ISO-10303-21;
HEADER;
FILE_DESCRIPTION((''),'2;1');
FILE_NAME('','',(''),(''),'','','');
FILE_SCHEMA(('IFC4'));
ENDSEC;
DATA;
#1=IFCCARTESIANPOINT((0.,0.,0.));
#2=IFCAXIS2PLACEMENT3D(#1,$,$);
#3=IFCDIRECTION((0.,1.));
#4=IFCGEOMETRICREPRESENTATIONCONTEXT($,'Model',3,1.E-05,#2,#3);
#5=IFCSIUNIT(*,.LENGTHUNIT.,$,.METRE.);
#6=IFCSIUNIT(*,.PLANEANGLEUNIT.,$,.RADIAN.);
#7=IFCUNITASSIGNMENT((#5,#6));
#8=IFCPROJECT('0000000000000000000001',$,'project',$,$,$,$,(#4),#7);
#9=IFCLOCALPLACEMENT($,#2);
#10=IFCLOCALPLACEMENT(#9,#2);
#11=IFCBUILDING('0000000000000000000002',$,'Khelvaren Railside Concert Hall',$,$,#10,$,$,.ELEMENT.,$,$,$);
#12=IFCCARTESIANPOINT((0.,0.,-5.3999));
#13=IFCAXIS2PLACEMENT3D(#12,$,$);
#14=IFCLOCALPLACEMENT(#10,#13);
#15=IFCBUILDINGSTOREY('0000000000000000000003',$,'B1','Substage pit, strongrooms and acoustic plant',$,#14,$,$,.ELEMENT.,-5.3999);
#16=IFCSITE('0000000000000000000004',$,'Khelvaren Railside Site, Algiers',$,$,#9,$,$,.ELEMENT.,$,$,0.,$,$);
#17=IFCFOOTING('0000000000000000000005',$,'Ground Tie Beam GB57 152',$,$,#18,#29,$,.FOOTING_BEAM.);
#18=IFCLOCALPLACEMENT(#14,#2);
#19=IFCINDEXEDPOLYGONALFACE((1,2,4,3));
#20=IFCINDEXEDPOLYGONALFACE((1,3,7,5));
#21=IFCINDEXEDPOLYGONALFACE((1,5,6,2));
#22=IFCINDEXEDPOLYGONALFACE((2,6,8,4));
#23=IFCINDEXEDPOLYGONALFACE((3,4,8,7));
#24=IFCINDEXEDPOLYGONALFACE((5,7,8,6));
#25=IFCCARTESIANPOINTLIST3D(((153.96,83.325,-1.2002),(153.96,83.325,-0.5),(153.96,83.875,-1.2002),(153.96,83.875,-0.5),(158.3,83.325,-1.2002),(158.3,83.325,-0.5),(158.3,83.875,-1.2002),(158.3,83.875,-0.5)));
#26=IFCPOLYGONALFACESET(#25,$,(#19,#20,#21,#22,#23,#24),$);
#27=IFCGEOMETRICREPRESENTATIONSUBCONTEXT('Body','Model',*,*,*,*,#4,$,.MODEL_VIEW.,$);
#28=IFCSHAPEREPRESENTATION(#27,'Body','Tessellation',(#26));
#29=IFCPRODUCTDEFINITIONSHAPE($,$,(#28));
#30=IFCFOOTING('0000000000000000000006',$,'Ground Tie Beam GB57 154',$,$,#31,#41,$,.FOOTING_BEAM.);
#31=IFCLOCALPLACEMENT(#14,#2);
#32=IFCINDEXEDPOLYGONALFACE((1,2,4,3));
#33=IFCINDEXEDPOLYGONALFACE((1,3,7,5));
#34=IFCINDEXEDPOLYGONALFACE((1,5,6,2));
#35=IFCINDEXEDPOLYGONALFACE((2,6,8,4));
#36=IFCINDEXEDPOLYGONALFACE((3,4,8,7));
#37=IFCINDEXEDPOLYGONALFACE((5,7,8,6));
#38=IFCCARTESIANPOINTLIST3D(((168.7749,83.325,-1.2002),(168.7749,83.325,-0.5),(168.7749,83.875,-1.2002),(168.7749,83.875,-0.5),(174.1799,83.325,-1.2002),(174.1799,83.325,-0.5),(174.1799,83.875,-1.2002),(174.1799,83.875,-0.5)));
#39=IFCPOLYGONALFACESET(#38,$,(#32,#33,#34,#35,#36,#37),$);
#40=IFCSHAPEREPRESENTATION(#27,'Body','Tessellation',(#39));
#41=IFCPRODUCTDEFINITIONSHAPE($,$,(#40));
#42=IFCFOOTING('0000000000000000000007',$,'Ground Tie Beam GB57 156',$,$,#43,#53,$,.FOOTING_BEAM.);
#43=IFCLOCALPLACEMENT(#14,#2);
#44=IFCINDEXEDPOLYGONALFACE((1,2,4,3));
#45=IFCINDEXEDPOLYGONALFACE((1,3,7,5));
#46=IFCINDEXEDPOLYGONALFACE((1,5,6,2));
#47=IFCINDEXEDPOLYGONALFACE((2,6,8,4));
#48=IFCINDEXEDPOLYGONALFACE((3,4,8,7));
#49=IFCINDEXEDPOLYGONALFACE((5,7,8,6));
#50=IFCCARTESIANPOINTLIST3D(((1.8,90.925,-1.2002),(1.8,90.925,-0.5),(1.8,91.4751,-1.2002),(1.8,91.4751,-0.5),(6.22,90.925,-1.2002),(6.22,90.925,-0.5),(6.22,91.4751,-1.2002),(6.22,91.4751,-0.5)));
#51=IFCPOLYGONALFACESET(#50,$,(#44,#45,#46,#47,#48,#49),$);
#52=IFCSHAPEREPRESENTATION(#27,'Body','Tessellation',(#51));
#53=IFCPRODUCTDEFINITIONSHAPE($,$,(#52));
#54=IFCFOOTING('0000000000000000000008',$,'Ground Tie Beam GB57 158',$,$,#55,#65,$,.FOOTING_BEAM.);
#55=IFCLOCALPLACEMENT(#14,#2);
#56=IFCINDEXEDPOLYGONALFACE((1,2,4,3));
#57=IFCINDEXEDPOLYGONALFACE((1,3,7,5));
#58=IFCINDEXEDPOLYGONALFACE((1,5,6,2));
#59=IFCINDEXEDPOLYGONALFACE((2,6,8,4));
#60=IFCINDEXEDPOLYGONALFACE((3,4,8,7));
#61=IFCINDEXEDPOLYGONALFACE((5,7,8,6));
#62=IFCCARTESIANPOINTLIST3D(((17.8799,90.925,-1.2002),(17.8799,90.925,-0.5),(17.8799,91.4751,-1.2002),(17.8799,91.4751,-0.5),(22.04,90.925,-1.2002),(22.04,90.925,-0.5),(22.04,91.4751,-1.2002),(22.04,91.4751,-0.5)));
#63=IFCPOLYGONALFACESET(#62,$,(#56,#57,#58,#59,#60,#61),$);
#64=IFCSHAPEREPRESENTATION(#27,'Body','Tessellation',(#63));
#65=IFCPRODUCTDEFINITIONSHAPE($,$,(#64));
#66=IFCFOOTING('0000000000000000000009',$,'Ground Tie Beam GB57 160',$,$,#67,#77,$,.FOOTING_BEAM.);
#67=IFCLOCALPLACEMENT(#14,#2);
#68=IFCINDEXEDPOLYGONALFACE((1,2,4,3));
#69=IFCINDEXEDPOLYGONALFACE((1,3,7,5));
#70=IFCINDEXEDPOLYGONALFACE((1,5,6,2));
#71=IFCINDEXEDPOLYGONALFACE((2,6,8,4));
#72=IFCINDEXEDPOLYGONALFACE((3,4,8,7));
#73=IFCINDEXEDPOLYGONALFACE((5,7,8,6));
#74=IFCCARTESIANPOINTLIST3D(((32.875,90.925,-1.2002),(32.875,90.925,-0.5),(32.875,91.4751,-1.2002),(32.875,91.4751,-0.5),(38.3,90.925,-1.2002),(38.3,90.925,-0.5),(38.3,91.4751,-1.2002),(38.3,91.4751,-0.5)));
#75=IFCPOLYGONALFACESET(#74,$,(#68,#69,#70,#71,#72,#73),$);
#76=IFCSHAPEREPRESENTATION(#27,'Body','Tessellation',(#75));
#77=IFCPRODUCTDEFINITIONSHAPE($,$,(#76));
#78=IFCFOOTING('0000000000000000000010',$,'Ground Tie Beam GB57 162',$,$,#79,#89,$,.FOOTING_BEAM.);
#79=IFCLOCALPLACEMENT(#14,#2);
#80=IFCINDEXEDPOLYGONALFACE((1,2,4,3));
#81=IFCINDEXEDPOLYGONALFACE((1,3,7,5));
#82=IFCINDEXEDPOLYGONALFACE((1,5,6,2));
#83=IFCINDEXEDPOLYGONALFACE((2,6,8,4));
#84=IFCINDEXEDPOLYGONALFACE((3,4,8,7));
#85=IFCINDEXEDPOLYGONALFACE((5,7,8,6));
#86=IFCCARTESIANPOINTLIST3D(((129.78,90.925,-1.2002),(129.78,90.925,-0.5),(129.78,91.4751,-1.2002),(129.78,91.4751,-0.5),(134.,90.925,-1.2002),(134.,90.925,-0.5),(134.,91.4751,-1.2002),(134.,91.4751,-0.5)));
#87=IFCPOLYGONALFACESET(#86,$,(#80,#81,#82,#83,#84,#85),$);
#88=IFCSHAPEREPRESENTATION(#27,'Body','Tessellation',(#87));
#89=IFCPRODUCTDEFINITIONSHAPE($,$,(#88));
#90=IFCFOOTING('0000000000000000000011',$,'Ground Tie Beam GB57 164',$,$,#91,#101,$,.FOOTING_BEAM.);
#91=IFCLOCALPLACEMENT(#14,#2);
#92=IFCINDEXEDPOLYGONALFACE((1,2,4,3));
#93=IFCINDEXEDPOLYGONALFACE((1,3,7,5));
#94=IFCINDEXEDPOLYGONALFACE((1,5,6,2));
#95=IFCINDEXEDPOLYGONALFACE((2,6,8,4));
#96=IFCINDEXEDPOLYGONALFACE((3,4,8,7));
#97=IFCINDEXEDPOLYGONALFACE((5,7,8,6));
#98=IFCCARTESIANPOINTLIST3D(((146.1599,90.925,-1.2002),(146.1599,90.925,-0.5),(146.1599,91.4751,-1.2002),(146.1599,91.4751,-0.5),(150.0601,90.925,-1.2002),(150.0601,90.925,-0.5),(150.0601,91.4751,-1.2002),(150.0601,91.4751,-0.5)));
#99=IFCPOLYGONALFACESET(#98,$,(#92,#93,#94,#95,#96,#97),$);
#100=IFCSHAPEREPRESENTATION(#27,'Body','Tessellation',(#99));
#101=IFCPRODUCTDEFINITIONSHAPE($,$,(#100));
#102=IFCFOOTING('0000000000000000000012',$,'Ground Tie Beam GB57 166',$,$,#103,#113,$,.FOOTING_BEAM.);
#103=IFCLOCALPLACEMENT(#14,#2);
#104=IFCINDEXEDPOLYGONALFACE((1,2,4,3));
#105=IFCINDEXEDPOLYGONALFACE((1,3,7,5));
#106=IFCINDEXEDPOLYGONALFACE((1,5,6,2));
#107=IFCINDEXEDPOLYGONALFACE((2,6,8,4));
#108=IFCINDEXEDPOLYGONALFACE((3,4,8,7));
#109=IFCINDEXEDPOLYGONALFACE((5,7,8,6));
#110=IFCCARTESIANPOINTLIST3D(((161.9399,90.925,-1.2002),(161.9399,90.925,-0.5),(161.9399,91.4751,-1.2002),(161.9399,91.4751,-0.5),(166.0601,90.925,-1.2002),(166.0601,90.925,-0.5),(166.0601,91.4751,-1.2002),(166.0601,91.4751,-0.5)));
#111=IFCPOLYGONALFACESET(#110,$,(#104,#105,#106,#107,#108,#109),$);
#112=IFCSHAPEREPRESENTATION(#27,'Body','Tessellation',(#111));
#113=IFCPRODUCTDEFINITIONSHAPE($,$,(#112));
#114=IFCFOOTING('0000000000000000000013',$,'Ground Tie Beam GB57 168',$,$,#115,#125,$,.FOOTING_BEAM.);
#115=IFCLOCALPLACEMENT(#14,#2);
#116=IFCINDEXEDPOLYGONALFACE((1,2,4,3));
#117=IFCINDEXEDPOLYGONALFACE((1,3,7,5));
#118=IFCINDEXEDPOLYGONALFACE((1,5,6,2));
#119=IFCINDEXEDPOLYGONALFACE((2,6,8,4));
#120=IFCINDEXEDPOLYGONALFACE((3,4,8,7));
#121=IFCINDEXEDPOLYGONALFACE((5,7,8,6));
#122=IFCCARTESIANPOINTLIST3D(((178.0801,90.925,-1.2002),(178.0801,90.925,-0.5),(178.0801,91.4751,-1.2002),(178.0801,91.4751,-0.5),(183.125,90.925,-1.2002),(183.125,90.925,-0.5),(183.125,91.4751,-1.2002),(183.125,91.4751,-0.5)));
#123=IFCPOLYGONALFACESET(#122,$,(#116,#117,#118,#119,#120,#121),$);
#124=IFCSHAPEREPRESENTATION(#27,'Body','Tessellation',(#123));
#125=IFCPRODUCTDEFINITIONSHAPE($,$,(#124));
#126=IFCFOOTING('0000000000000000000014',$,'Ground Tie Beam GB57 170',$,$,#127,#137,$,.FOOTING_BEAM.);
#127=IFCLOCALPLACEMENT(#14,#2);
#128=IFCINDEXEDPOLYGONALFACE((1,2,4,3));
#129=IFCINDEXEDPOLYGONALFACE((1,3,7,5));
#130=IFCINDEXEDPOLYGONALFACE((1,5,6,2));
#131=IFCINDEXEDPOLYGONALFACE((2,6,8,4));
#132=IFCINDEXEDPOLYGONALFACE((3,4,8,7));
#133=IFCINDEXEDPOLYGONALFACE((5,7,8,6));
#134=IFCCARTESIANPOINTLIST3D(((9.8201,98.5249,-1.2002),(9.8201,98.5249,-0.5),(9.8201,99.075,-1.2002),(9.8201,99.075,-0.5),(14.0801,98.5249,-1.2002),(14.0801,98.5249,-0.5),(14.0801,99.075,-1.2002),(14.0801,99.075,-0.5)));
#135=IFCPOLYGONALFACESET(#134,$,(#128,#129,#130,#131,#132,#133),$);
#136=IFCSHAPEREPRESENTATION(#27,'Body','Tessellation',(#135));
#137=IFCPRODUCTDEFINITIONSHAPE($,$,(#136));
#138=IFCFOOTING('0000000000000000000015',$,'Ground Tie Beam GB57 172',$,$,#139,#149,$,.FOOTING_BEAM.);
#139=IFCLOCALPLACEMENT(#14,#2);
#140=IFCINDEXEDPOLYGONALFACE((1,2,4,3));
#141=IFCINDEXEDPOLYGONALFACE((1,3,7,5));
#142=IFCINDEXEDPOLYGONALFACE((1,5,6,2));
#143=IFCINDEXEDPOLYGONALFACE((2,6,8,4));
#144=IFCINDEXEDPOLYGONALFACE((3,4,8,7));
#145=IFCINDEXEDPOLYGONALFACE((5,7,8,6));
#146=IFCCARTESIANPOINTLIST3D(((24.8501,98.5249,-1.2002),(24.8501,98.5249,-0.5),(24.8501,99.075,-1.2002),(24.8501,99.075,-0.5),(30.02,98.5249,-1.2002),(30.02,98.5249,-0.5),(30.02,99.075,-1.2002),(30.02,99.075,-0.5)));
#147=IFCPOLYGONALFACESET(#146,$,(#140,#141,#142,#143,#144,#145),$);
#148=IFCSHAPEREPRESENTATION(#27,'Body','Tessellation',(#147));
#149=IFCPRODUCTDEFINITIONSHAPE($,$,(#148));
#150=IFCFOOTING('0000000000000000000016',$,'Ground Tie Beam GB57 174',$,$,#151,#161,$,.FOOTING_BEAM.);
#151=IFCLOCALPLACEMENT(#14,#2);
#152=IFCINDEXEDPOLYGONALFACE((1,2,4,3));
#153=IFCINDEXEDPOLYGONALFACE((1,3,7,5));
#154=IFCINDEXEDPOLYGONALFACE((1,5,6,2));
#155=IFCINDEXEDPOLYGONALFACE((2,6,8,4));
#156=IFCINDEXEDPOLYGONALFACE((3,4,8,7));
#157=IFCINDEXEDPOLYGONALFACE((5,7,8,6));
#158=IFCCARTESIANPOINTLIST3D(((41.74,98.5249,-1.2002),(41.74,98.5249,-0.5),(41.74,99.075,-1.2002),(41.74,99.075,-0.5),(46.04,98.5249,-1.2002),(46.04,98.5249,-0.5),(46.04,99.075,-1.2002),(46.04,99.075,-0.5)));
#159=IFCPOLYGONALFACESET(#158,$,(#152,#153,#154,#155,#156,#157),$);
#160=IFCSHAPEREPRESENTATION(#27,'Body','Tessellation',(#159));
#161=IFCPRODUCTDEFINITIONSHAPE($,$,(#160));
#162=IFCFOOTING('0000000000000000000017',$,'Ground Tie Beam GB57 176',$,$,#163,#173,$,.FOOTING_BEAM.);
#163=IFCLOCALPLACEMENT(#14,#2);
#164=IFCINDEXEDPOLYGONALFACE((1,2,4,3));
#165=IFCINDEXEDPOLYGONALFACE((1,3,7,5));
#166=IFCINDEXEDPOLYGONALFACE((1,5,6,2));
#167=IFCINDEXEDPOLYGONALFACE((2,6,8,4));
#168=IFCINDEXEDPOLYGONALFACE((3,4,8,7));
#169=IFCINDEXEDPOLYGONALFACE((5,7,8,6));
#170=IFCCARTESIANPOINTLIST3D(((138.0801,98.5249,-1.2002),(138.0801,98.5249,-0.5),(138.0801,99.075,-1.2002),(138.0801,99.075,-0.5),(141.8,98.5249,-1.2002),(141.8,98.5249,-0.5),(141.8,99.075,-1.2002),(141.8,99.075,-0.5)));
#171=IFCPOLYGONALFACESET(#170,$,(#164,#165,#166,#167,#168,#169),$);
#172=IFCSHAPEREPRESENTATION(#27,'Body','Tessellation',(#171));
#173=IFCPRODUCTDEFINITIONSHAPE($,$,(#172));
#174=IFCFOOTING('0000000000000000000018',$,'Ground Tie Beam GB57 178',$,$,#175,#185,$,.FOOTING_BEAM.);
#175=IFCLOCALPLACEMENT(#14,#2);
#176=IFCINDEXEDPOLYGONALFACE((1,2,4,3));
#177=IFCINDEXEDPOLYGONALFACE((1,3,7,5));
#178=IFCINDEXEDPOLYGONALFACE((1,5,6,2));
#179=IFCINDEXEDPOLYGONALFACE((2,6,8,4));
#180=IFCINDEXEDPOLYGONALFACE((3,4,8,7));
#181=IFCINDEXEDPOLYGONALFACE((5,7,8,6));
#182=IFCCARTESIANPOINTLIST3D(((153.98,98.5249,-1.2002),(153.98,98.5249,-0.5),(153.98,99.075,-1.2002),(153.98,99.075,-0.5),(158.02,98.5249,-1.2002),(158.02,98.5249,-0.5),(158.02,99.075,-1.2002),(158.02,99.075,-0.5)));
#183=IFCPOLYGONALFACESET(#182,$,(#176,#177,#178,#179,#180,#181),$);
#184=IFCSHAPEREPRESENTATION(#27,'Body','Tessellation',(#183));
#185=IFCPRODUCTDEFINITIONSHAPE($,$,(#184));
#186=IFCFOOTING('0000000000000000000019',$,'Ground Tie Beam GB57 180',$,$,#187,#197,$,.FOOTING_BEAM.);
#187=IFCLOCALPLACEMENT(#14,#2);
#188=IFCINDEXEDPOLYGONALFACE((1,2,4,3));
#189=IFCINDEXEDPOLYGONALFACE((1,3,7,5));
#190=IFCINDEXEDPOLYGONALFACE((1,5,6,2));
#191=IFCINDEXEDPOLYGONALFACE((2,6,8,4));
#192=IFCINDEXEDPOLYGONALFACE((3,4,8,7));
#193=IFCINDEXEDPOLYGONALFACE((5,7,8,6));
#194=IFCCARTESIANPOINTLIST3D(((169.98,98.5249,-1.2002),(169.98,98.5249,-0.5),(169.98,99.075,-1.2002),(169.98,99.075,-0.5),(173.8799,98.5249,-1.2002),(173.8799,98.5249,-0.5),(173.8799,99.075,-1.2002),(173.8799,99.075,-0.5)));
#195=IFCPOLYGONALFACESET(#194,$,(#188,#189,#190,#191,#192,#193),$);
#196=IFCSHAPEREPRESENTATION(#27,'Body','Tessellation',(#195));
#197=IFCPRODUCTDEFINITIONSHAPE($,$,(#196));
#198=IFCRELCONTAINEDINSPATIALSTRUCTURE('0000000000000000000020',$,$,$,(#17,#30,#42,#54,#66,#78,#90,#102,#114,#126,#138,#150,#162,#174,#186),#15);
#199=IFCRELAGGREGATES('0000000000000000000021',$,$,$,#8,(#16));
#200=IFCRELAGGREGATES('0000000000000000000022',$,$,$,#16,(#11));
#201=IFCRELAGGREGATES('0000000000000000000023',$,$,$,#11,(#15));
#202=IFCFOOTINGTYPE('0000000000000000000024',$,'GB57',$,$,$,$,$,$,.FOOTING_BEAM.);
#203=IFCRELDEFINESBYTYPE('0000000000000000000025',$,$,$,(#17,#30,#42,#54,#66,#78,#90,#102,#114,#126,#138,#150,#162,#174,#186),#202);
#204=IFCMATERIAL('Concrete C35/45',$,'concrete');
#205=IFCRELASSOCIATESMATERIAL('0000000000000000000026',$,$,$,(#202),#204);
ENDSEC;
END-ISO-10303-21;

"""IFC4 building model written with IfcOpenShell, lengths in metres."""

from ifc_helpers import new_model, si_unit, direction, frame, origin, place, context, subcontext, project, spatial, polyline, outline, extrude, material, type_object, element, save


model = new_model("IFC4")

# Units and contexts
model_context = context("Model", 3, precision=1e-05, world=origin(), true_north=direction((0.0, 1.0)))
body_context = subcontext(model_context, "Body", "Model", "MODEL_VIEW")
ifc_project = project(units=[si_unit("LENGTHUNIT", "METRE"), si_unit("PLANEANGLEUNIT", "RADIAN")], contexts=[model_context])

# Site, building, storey
site_placement = place(None, origin())
site = spatial("IfcSite", under=ifc_project, at=site_placement, Name="Khelvaren Railside Site, Algiers", CompositionType="ELEMENT", RefElevation=0.0)
building_placement = place(site_placement, origin())
building = spatial("IfcBuilding", under=site, at=building_placement, Name="Khelvaren Railside Concert Hall", CompositionType="ELEMENT")
storey_placement = place(building_placement, frame((0.0, 0.0, -5.3999)))
storey = spatial("IfcBuildingStorey", under=building, at=storey_placement, Name="B1", Description="Substage pit, strongrooms and acoustic plant", CompositionType="ELEMENT", Elevation=-5.3999)

# Footings
ifc_material = material(Name="Concrete C35/45", Category="concrete")
footing_type = type_object("IfcFootingType", Name="GB57", PredefinedType="FOOTING_BEAM", material=ifc_material)
footing_1_placement = place(storey_placement, frame((0.0, 0.0, -1.2002)))
element("IfcFooting", 1, at=footing_1_placement, inside=storey, type_object=footing_type, Name="Ground Tie Beam GB57 152", PredefinedType="FOOTING_BEAM", context=body_context, shape_type="SweptSolid", body=[
    extrude(outline(polyline([(153.96, 83.325), (158.3, 83.325), (158.3, 83.875), (153.96, 83.875), (153.96, 83.325)])), origin(), (0.0, 0.0, 1.0), 0.7002),
])
footing_2_placement = place(storey_placement, frame((0.0, 0.0, -1.2002)))
element("IfcFooting", 2, at=footing_2_placement, inside=storey, type_object=footing_type, Name="Ground Tie Beam GB57 154", PredefinedType="FOOTING_BEAM", context=body_context, shape_type="SweptSolid", body=[
    extrude(outline(polyline([(168.7749, 83.325), (174.1799, 83.325), (174.1799, 83.875), (168.7749, 83.875), (168.7749, 83.325)])), origin(), (0.0, 0.0, 1.0), 0.7002),
])
footing_3_placement = place(storey_placement, frame((0.0, 0.0, -1.2002)))
element("IfcFooting", 3, at=footing_3_placement, inside=storey, type_object=footing_type, Name="Ground Tie Beam GB57 156", PredefinedType="FOOTING_BEAM", context=body_context, shape_type="SweptSolid", body=[
    extrude(outline(polyline([(1.8, 90.925), (6.22, 90.925), (6.22, 91.4751), (1.8, 91.4751), (1.8, 90.925)])), origin(), (0.0, 0.0, 1.0), 0.7002),
])
footing_4_placement = place(storey_placement, frame((0.0, 0.0, -1.2002)))
element("IfcFooting", 4, at=footing_4_placement, inside=storey, type_object=footing_type, Name="Ground Tie Beam GB57 158", PredefinedType="FOOTING_BEAM", context=body_context, shape_type="SweptSolid", body=[
    extrude(outline(polyline([(17.8799, 90.925), (22.04, 90.925), (22.04, 91.4751), (17.8799, 91.4751), (17.8799, 90.925)])), origin(), (0.0, 0.0, 1.0), 0.7002),
])
footing_5_placement = place(storey_placement, frame((0.0, 0.0, -1.2002)))
element("IfcFooting", 5, at=footing_5_placement, inside=storey, type_object=footing_type, Name="Ground Tie Beam GB57 160", PredefinedType="FOOTING_BEAM", context=body_context, shape_type="SweptSolid", body=[
    extrude(outline(polyline([(32.875, 90.925), (38.3, 90.925), (38.3, 91.4751), (32.875, 91.4751), (32.875, 90.925)])), origin(), (0.0, 0.0, 1.0), 0.7002),
])
footing_6_placement = place(storey_placement, frame((0.0, 0.0, -1.2002)))
element("IfcFooting", 6, at=footing_6_placement, inside=storey, type_object=footing_type, Name="Ground Tie Beam GB57 162", PredefinedType="FOOTING_BEAM", context=body_context, shape_type="SweptSolid", body=[
    extrude(outline(polyline([(129.78, 90.925), (134.0, 90.925), (134.0, 91.4751), (129.78, 91.4751), (129.78, 90.925)])), origin(), (0.0, 0.0, 1.0), 0.7002),
])
footing_7_placement = place(storey_placement, frame((0.0, 0.0, -1.2002)))
element("IfcFooting", 7, at=footing_7_placement, inside=storey, type_object=footing_type, Name="Ground Tie Beam GB57 164", PredefinedType="FOOTING_BEAM", context=body_context, shape_type="SweptSolid", body=[
    extrude(outline(polyline([(146.1599, 90.925), (150.0601, 90.925), (150.0601, 91.4751), (146.1599, 91.4751), (146.1599, 90.925)])), origin(), (0.0, 0.0, 1.0), 0.7002),
])
footing_8_placement = place(storey_placement, frame((0.0, 0.0, -1.2002)))
element("IfcFooting", 8, at=footing_8_placement, inside=storey, type_object=footing_type, Name="Ground Tie Beam GB57 166", PredefinedType="FOOTING_BEAM", context=body_context, shape_type="SweptSolid", body=[
    extrude(outline(polyline([(161.9399, 90.925), (166.0601, 90.925), (166.0601, 91.4751), (161.9399, 91.4751), (161.9399, 90.925)])), origin(), (0.0, 0.0, 1.0), 0.7002),
])
footing_9_placement = place(storey_placement, frame((0.0, 0.0, -1.2002)))
element("IfcFooting", 9, at=footing_9_placement, inside=storey, type_object=footing_type, Name="Ground Tie Beam GB57 168", PredefinedType="FOOTING_BEAM", context=body_context, shape_type="SweptSolid", body=[
    extrude(outline(polyline([(178.0801, 90.925), (183.125, 90.925), (183.125, 91.4751), (178.0801, 91.4751), (178.0801, 90.925)])), origin(), (0.0, 0.0, 1.0), 0.7002),
])
footing_10_placement = place(storey_placement, frame((0.0, 0.0, -1.2002)))
element("IfcFooting", 10, at=footing_10_placement, inside=storey, type_object=footing_type, Name="Ground Tie Beam GB57 170", PredefinedType="FOOTING_BEAM", context=body_context, shape_type="SweptSolid", body=[
    extrude(outline(polyline([(9.8201, 98.5249), (14.0801, 98.5249), (14.0801, 99.075), (9.8201, 99.075), (9.8201, 98.5249)])), origin(), (0.0, 0.0, 1.0), 0.7002),
])
footing_11_placement = place(storey_placement, frame((0.0, 0.0, -1.2002)))
element("IfcFooting", 11, at=footing_11_placement, inside=storey, type_object=footing_type, Name="Ground Tie Beam GB57 172", PredefinedType="FOOTING_BEAM", context=body_context, shape_type="SweptSolid", body=[
    extrude(outline(polyline([(24.8501, 98.5249), (30.02, 98.5249), (30.02, 99.075), (24.8501, 99.075), (24.8501, 98.5249)])), origin(), (0.0, 0.0, 1.0), 0.7002),
])
footing_12_placement = place(storey_placement, frame((0.0, 0.0, -1.2002)))
element("IfcFooting", 12, at=footing_12_placement, inside=storey, type_object=footing_type, Name="Ground Tie Beam GB57 174", PredefinedType="FOOTING_BEAM", context=body_context, shape_type="SweptSolid", body=[
    extrude(outline(polyline([(41.74, 98.5249), (46.04, 98.5249), (46.04, 99.075), (41.74, 99.075), (41.74, 98.5249)])), origin(), (0.0, 0.0, 1.0), 0.7002),
])
footing_13_placement = place(storey_placement, frame((0.0, 0.0, -1.2002)))
element("IfcFooting", 13, at=footing_13_placement, inside=storey, type_object=footing_type, Name="Ground Tie Beam GB57 176", PredefinedType="FOOTING_BEAM", context=body_context, shape_type="SweptSolid", body=[
    extrude(outline(polyline([(138.0801, 98.5249), (141.8, 98.5249), (141.8, 99.075), (138.0801, 99.075), (138.0801, 98.5249)])), origin(), (0.0, 0.0, 1.0), 0.7002),
])
footing_14_placement = place(storey_placement, frame((0.0, 0.0, -1.2002)))
element("IfcFooting", 14, at=footing_14_placement, inside=storey, type_object=footing_type, Name="Ground Tie Beam GB57 178", PredefinedType="FOOTING_BEAM", context=body_context, shape_type="SweptSolid", body=[
    extrude(outline(polyline([(153.98, 98.5249), (158.02, 98.5249), (158.02, 99.075), (153.98, 99.075), (153.98, 98.5249)])), origin(), (0.0, 0.0, 1.0), 0.7002),
])
footing_15_placement = place(storey_placement, frame((0.0, 0.0, -1.2002)))
element("IfcFooting", 15, at=footing_15_placement, inside=storey, type_object=footing_type, Name="Ground Tie Beam GB57 180", PredefinedType="FOOTING_BEAM", context=body_context, shape_type="SweptSolid", body=[
    extrude(outline(polyline([(169.98, 98.5249), (173.8799, 98.5249), (173.8799, 99.075), (169.98, 99.075), (169.98, 98.5249)])), origin(), (0.0, 0.0, 1.0), 0.7002),
])

save(model, "model.ifc")
